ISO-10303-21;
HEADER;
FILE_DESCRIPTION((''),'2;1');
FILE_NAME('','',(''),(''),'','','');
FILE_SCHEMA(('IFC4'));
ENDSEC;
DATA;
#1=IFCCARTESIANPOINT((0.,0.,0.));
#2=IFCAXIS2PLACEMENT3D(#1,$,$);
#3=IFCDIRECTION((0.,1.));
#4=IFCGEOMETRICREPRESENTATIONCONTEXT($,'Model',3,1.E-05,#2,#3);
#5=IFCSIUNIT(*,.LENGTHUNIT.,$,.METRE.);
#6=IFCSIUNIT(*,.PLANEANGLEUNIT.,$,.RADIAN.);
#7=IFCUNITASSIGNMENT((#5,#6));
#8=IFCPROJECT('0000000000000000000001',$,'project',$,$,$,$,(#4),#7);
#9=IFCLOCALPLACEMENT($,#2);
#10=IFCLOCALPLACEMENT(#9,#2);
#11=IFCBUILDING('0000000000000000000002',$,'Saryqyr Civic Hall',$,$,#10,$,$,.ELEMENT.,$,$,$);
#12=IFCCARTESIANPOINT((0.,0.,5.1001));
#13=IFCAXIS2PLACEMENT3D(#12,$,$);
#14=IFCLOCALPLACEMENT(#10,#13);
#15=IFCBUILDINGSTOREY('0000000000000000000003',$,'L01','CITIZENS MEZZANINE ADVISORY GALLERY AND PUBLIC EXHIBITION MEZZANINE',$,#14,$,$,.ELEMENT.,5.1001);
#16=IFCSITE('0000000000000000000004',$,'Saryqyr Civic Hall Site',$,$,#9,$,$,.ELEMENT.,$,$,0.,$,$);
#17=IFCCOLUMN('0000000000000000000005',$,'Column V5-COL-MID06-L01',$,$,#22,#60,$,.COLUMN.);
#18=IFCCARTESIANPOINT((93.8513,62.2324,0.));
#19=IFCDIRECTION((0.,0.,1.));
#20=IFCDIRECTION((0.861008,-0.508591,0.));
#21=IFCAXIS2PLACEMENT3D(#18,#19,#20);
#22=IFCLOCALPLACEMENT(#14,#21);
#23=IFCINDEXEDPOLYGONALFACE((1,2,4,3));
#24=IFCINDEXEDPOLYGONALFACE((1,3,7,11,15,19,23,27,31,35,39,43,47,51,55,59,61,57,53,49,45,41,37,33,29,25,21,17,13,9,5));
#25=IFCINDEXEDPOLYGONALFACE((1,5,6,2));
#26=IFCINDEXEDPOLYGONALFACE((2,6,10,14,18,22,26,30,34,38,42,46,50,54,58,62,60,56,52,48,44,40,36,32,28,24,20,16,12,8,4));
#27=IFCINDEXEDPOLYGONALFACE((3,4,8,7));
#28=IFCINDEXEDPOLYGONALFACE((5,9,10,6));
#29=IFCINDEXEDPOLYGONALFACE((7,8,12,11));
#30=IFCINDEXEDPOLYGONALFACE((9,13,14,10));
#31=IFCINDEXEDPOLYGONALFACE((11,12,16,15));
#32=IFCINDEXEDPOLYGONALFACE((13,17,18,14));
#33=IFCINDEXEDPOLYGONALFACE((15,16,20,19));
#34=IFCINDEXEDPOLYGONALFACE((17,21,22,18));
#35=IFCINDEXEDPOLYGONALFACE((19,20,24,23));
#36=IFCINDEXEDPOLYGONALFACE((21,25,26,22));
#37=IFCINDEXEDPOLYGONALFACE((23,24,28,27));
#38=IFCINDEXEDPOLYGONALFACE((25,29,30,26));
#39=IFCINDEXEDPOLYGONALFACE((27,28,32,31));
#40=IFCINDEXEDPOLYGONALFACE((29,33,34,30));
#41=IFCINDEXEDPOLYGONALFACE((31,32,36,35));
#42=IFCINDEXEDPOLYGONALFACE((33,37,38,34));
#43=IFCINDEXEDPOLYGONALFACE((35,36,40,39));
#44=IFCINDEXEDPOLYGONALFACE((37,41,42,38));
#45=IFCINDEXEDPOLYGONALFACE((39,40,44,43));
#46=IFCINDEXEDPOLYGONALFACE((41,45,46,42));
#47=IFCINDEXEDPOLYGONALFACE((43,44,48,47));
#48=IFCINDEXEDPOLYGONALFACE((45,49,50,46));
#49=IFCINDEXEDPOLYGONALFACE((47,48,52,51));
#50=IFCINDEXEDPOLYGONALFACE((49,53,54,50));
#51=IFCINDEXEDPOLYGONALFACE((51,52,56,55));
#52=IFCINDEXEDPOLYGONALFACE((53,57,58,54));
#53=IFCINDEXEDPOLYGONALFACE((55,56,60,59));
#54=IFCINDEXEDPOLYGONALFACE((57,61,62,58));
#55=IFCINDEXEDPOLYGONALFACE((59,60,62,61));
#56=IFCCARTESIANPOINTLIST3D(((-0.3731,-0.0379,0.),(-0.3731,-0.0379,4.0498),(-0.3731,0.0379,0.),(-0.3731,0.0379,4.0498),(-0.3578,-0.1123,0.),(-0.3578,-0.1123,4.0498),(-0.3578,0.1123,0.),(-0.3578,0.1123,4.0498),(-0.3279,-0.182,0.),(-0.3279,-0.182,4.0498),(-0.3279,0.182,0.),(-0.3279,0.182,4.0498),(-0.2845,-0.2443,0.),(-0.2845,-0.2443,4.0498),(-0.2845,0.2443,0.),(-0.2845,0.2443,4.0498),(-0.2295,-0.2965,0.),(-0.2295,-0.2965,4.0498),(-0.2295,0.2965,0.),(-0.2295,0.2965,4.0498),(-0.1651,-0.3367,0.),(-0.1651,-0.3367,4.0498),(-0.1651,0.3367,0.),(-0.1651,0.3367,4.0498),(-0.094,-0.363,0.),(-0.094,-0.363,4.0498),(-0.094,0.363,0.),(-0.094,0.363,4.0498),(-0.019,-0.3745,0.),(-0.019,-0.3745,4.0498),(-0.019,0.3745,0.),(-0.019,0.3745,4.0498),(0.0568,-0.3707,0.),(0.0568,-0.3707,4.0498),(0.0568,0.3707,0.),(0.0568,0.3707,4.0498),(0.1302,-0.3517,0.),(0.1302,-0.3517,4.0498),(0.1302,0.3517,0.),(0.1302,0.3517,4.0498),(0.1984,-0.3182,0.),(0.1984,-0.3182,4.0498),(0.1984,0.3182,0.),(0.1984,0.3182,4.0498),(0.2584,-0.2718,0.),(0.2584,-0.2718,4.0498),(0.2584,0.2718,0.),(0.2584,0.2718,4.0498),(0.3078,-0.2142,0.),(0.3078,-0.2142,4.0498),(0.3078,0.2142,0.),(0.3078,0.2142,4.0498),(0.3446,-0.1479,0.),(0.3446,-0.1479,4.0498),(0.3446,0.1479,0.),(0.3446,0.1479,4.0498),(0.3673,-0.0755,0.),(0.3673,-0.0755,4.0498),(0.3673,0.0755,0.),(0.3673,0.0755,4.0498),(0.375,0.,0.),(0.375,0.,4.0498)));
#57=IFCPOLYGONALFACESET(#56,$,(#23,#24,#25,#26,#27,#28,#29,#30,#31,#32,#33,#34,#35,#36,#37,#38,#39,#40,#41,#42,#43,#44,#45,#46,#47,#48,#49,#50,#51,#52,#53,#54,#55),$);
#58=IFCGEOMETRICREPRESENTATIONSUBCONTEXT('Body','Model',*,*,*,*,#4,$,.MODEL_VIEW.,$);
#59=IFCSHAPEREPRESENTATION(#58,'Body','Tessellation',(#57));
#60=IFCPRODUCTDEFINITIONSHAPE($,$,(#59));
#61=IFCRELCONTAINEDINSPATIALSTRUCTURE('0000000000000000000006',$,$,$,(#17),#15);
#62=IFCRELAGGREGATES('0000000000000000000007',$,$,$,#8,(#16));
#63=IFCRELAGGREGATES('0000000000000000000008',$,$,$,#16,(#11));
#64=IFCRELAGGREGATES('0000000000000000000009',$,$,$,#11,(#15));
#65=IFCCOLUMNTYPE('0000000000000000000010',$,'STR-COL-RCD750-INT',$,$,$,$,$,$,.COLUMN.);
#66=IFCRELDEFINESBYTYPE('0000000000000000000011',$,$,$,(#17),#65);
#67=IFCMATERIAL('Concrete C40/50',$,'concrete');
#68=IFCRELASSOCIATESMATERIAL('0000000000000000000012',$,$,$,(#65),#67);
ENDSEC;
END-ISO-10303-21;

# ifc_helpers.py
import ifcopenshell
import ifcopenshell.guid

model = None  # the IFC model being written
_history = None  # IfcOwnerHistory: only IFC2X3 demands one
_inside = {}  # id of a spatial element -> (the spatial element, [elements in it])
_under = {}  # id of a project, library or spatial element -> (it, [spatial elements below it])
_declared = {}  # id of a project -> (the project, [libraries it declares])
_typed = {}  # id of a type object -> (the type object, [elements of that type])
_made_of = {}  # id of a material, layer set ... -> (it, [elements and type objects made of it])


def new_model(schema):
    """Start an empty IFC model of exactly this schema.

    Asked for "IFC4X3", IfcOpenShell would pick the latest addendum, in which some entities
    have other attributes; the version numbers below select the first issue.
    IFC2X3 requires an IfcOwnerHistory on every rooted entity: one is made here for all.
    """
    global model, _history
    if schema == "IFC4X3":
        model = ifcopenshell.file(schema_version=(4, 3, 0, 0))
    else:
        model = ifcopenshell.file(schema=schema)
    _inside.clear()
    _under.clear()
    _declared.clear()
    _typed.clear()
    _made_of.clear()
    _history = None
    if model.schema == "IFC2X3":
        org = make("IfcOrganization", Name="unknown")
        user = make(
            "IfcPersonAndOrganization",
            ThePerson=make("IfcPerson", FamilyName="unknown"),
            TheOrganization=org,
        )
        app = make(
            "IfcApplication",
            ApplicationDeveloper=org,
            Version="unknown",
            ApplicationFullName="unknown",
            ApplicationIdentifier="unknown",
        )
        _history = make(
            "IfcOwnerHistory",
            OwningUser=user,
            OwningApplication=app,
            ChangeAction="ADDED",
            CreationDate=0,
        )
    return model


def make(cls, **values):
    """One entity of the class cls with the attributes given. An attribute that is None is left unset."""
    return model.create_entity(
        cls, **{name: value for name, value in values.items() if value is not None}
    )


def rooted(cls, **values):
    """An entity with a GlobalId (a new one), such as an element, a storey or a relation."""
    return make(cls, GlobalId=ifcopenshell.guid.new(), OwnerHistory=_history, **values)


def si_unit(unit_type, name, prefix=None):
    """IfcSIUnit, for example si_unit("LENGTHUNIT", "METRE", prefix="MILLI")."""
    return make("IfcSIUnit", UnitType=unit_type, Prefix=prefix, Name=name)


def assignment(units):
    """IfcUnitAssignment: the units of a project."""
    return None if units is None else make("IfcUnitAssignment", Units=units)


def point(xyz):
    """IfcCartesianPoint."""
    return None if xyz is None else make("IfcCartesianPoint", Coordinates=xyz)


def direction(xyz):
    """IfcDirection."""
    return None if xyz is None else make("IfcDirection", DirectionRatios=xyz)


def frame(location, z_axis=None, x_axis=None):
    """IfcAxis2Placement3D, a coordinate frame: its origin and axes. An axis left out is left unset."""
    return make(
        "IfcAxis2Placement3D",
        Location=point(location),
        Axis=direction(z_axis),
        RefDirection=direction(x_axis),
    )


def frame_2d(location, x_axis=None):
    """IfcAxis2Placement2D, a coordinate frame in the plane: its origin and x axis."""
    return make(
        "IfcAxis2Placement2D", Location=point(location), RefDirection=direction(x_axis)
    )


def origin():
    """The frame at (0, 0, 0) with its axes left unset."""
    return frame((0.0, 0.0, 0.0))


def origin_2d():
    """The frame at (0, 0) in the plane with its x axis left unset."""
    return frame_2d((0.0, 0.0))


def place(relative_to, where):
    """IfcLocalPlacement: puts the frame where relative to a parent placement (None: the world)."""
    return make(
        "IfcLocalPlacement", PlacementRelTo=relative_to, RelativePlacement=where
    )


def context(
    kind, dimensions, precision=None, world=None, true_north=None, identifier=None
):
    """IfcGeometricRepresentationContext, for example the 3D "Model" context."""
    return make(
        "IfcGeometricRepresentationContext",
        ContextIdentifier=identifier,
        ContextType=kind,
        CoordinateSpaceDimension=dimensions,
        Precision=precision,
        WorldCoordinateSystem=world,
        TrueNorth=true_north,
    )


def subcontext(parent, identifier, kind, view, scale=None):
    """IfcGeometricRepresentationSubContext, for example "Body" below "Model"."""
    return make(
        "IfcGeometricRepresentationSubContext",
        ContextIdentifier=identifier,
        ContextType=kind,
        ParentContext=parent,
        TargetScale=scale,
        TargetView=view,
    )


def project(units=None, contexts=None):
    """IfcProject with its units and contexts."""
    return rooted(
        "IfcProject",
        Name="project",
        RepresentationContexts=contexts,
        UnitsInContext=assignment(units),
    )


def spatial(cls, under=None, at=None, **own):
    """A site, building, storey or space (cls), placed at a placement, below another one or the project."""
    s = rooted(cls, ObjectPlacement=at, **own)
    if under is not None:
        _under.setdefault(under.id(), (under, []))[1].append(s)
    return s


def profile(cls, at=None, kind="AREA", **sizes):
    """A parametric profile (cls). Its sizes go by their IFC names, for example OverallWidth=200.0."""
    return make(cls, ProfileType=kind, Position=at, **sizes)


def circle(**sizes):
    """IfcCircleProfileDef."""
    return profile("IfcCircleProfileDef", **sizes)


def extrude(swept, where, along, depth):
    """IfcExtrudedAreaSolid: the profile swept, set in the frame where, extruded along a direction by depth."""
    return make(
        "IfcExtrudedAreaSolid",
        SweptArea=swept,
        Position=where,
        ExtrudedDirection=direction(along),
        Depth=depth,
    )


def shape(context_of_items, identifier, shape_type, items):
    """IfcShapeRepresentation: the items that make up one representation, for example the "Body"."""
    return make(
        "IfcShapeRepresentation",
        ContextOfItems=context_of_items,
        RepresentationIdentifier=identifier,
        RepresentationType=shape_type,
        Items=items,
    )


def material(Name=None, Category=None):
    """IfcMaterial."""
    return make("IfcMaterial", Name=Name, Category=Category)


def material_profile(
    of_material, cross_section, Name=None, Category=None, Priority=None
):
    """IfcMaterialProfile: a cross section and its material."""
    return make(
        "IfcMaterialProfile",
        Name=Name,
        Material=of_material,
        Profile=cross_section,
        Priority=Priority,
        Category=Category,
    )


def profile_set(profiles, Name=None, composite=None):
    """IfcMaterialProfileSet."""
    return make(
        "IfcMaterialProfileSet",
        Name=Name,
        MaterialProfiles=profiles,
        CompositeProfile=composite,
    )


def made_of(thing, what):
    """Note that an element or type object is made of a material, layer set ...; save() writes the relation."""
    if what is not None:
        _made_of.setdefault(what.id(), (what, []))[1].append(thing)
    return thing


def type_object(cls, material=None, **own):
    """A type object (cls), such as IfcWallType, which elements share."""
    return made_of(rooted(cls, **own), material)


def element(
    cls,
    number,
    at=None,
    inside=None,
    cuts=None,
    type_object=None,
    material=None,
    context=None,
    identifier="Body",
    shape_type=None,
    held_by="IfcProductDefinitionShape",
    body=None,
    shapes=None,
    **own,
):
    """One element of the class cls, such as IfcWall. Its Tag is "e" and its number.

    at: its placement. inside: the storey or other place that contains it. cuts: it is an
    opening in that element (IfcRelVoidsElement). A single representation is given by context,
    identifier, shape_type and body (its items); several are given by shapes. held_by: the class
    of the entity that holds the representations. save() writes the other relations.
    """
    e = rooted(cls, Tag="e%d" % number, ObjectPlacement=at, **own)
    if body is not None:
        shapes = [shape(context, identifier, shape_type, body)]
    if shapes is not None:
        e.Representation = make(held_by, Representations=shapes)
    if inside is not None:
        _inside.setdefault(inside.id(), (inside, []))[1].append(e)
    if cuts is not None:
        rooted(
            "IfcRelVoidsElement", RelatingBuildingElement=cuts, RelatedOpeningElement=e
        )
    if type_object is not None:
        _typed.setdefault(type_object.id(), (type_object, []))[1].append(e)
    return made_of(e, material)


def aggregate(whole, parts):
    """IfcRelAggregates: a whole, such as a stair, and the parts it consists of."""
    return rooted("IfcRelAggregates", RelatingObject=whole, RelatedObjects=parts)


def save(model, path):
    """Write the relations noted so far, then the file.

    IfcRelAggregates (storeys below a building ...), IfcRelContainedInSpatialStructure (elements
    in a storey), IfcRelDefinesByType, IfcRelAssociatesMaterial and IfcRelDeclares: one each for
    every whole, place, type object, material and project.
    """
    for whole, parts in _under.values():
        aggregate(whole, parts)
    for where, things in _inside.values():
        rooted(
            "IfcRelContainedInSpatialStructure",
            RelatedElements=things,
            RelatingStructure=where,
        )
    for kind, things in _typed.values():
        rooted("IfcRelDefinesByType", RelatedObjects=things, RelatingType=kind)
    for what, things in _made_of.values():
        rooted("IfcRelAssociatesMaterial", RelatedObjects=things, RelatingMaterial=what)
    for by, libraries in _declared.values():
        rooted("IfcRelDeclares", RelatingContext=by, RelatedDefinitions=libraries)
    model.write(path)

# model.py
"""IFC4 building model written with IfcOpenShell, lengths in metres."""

from ifc_helpers import new_model, si_unit, direction, frame, origin, origin_2d, place, context, subcontext, project, spatial, circle, extrude, material, material_profile, profile_set, type_object, element, save


model = new_model("IFC4")

# Units and contexts
model_context = context("Model", 3, precision=1e-05, world=origin(), true_north=direction((0.0, 1.0)))
body_context = subcontext(model_context, "Body", "Model", "MODEL_VIEW")
ifc_project = project(units=[si_unit("LENGTHUNIT", "METRE"), si_unit("PLANEANGLEUNIT", "RADIAN")], contexts=[model_context])

# Site, building, storey
site_placement = place(None, origin())
site = spatial("IfcSite", under=ifc_project, at=site_placement, Name="Saryqyr Civic Hall Site", CompositionType="ELEMENT", RefElevation=0.0)
building_placement = place(site_placement, origin())
building = spatial("IfcBuilding", under=site, at=building_placement, Name="Saryqyr Civic Hall", CompositionType="ELEMENT")
storey_placement = place(building_placement, frame((0.0, 0.0, 5.1001)))
storey = spatial("IfcBuildingStorey", under=building, at=storey_placement, Name="L01", Description="CITIZENS MEZZANINE ADVISORY GALLERY AND PUBLIC EXHIBITION MEZZANINE", CompositionType="ELEMENT", Elevation=5.1001)

# Column
ifc_material_1 = material(Name="Concrete C40/50", Category="concrete")
ifc_material_profile_1 = material_profile(ifc_material_1, circle(Radius=0.375, at=origin_2d()), Name="RC D750")
ifc_profile_set_1 = profile_set([ifc_material_profile_1], Name="Concrete C40/50")
column_type_1 = type_object("IfcColumnType", Name="STR-COL-RCD750-INT", PredefinedType="COLUMN", material=ifc_profile_set_1)
column_placement = place(storey_placement, frame((93.8513, 62.2324, 0.0), z_axis=(0.0, 0.0, 1.0), x_axis=(0.861008, -0.508591, 0.0)))
element("IfcColumn", 1, at=column_placement, inside=storey, type_object=column_type_1, Name="Column V5-COL-MID06-L01", PredefinedType="COLUMN", context=body_context, shape_type="SweptSolid", body=[
    extrude(circle(Radius=0.375, at=origin_2d()), origin(), (0.0, 0.0, 1.0), 4.0498),
])

save(model, "model.ifc")
